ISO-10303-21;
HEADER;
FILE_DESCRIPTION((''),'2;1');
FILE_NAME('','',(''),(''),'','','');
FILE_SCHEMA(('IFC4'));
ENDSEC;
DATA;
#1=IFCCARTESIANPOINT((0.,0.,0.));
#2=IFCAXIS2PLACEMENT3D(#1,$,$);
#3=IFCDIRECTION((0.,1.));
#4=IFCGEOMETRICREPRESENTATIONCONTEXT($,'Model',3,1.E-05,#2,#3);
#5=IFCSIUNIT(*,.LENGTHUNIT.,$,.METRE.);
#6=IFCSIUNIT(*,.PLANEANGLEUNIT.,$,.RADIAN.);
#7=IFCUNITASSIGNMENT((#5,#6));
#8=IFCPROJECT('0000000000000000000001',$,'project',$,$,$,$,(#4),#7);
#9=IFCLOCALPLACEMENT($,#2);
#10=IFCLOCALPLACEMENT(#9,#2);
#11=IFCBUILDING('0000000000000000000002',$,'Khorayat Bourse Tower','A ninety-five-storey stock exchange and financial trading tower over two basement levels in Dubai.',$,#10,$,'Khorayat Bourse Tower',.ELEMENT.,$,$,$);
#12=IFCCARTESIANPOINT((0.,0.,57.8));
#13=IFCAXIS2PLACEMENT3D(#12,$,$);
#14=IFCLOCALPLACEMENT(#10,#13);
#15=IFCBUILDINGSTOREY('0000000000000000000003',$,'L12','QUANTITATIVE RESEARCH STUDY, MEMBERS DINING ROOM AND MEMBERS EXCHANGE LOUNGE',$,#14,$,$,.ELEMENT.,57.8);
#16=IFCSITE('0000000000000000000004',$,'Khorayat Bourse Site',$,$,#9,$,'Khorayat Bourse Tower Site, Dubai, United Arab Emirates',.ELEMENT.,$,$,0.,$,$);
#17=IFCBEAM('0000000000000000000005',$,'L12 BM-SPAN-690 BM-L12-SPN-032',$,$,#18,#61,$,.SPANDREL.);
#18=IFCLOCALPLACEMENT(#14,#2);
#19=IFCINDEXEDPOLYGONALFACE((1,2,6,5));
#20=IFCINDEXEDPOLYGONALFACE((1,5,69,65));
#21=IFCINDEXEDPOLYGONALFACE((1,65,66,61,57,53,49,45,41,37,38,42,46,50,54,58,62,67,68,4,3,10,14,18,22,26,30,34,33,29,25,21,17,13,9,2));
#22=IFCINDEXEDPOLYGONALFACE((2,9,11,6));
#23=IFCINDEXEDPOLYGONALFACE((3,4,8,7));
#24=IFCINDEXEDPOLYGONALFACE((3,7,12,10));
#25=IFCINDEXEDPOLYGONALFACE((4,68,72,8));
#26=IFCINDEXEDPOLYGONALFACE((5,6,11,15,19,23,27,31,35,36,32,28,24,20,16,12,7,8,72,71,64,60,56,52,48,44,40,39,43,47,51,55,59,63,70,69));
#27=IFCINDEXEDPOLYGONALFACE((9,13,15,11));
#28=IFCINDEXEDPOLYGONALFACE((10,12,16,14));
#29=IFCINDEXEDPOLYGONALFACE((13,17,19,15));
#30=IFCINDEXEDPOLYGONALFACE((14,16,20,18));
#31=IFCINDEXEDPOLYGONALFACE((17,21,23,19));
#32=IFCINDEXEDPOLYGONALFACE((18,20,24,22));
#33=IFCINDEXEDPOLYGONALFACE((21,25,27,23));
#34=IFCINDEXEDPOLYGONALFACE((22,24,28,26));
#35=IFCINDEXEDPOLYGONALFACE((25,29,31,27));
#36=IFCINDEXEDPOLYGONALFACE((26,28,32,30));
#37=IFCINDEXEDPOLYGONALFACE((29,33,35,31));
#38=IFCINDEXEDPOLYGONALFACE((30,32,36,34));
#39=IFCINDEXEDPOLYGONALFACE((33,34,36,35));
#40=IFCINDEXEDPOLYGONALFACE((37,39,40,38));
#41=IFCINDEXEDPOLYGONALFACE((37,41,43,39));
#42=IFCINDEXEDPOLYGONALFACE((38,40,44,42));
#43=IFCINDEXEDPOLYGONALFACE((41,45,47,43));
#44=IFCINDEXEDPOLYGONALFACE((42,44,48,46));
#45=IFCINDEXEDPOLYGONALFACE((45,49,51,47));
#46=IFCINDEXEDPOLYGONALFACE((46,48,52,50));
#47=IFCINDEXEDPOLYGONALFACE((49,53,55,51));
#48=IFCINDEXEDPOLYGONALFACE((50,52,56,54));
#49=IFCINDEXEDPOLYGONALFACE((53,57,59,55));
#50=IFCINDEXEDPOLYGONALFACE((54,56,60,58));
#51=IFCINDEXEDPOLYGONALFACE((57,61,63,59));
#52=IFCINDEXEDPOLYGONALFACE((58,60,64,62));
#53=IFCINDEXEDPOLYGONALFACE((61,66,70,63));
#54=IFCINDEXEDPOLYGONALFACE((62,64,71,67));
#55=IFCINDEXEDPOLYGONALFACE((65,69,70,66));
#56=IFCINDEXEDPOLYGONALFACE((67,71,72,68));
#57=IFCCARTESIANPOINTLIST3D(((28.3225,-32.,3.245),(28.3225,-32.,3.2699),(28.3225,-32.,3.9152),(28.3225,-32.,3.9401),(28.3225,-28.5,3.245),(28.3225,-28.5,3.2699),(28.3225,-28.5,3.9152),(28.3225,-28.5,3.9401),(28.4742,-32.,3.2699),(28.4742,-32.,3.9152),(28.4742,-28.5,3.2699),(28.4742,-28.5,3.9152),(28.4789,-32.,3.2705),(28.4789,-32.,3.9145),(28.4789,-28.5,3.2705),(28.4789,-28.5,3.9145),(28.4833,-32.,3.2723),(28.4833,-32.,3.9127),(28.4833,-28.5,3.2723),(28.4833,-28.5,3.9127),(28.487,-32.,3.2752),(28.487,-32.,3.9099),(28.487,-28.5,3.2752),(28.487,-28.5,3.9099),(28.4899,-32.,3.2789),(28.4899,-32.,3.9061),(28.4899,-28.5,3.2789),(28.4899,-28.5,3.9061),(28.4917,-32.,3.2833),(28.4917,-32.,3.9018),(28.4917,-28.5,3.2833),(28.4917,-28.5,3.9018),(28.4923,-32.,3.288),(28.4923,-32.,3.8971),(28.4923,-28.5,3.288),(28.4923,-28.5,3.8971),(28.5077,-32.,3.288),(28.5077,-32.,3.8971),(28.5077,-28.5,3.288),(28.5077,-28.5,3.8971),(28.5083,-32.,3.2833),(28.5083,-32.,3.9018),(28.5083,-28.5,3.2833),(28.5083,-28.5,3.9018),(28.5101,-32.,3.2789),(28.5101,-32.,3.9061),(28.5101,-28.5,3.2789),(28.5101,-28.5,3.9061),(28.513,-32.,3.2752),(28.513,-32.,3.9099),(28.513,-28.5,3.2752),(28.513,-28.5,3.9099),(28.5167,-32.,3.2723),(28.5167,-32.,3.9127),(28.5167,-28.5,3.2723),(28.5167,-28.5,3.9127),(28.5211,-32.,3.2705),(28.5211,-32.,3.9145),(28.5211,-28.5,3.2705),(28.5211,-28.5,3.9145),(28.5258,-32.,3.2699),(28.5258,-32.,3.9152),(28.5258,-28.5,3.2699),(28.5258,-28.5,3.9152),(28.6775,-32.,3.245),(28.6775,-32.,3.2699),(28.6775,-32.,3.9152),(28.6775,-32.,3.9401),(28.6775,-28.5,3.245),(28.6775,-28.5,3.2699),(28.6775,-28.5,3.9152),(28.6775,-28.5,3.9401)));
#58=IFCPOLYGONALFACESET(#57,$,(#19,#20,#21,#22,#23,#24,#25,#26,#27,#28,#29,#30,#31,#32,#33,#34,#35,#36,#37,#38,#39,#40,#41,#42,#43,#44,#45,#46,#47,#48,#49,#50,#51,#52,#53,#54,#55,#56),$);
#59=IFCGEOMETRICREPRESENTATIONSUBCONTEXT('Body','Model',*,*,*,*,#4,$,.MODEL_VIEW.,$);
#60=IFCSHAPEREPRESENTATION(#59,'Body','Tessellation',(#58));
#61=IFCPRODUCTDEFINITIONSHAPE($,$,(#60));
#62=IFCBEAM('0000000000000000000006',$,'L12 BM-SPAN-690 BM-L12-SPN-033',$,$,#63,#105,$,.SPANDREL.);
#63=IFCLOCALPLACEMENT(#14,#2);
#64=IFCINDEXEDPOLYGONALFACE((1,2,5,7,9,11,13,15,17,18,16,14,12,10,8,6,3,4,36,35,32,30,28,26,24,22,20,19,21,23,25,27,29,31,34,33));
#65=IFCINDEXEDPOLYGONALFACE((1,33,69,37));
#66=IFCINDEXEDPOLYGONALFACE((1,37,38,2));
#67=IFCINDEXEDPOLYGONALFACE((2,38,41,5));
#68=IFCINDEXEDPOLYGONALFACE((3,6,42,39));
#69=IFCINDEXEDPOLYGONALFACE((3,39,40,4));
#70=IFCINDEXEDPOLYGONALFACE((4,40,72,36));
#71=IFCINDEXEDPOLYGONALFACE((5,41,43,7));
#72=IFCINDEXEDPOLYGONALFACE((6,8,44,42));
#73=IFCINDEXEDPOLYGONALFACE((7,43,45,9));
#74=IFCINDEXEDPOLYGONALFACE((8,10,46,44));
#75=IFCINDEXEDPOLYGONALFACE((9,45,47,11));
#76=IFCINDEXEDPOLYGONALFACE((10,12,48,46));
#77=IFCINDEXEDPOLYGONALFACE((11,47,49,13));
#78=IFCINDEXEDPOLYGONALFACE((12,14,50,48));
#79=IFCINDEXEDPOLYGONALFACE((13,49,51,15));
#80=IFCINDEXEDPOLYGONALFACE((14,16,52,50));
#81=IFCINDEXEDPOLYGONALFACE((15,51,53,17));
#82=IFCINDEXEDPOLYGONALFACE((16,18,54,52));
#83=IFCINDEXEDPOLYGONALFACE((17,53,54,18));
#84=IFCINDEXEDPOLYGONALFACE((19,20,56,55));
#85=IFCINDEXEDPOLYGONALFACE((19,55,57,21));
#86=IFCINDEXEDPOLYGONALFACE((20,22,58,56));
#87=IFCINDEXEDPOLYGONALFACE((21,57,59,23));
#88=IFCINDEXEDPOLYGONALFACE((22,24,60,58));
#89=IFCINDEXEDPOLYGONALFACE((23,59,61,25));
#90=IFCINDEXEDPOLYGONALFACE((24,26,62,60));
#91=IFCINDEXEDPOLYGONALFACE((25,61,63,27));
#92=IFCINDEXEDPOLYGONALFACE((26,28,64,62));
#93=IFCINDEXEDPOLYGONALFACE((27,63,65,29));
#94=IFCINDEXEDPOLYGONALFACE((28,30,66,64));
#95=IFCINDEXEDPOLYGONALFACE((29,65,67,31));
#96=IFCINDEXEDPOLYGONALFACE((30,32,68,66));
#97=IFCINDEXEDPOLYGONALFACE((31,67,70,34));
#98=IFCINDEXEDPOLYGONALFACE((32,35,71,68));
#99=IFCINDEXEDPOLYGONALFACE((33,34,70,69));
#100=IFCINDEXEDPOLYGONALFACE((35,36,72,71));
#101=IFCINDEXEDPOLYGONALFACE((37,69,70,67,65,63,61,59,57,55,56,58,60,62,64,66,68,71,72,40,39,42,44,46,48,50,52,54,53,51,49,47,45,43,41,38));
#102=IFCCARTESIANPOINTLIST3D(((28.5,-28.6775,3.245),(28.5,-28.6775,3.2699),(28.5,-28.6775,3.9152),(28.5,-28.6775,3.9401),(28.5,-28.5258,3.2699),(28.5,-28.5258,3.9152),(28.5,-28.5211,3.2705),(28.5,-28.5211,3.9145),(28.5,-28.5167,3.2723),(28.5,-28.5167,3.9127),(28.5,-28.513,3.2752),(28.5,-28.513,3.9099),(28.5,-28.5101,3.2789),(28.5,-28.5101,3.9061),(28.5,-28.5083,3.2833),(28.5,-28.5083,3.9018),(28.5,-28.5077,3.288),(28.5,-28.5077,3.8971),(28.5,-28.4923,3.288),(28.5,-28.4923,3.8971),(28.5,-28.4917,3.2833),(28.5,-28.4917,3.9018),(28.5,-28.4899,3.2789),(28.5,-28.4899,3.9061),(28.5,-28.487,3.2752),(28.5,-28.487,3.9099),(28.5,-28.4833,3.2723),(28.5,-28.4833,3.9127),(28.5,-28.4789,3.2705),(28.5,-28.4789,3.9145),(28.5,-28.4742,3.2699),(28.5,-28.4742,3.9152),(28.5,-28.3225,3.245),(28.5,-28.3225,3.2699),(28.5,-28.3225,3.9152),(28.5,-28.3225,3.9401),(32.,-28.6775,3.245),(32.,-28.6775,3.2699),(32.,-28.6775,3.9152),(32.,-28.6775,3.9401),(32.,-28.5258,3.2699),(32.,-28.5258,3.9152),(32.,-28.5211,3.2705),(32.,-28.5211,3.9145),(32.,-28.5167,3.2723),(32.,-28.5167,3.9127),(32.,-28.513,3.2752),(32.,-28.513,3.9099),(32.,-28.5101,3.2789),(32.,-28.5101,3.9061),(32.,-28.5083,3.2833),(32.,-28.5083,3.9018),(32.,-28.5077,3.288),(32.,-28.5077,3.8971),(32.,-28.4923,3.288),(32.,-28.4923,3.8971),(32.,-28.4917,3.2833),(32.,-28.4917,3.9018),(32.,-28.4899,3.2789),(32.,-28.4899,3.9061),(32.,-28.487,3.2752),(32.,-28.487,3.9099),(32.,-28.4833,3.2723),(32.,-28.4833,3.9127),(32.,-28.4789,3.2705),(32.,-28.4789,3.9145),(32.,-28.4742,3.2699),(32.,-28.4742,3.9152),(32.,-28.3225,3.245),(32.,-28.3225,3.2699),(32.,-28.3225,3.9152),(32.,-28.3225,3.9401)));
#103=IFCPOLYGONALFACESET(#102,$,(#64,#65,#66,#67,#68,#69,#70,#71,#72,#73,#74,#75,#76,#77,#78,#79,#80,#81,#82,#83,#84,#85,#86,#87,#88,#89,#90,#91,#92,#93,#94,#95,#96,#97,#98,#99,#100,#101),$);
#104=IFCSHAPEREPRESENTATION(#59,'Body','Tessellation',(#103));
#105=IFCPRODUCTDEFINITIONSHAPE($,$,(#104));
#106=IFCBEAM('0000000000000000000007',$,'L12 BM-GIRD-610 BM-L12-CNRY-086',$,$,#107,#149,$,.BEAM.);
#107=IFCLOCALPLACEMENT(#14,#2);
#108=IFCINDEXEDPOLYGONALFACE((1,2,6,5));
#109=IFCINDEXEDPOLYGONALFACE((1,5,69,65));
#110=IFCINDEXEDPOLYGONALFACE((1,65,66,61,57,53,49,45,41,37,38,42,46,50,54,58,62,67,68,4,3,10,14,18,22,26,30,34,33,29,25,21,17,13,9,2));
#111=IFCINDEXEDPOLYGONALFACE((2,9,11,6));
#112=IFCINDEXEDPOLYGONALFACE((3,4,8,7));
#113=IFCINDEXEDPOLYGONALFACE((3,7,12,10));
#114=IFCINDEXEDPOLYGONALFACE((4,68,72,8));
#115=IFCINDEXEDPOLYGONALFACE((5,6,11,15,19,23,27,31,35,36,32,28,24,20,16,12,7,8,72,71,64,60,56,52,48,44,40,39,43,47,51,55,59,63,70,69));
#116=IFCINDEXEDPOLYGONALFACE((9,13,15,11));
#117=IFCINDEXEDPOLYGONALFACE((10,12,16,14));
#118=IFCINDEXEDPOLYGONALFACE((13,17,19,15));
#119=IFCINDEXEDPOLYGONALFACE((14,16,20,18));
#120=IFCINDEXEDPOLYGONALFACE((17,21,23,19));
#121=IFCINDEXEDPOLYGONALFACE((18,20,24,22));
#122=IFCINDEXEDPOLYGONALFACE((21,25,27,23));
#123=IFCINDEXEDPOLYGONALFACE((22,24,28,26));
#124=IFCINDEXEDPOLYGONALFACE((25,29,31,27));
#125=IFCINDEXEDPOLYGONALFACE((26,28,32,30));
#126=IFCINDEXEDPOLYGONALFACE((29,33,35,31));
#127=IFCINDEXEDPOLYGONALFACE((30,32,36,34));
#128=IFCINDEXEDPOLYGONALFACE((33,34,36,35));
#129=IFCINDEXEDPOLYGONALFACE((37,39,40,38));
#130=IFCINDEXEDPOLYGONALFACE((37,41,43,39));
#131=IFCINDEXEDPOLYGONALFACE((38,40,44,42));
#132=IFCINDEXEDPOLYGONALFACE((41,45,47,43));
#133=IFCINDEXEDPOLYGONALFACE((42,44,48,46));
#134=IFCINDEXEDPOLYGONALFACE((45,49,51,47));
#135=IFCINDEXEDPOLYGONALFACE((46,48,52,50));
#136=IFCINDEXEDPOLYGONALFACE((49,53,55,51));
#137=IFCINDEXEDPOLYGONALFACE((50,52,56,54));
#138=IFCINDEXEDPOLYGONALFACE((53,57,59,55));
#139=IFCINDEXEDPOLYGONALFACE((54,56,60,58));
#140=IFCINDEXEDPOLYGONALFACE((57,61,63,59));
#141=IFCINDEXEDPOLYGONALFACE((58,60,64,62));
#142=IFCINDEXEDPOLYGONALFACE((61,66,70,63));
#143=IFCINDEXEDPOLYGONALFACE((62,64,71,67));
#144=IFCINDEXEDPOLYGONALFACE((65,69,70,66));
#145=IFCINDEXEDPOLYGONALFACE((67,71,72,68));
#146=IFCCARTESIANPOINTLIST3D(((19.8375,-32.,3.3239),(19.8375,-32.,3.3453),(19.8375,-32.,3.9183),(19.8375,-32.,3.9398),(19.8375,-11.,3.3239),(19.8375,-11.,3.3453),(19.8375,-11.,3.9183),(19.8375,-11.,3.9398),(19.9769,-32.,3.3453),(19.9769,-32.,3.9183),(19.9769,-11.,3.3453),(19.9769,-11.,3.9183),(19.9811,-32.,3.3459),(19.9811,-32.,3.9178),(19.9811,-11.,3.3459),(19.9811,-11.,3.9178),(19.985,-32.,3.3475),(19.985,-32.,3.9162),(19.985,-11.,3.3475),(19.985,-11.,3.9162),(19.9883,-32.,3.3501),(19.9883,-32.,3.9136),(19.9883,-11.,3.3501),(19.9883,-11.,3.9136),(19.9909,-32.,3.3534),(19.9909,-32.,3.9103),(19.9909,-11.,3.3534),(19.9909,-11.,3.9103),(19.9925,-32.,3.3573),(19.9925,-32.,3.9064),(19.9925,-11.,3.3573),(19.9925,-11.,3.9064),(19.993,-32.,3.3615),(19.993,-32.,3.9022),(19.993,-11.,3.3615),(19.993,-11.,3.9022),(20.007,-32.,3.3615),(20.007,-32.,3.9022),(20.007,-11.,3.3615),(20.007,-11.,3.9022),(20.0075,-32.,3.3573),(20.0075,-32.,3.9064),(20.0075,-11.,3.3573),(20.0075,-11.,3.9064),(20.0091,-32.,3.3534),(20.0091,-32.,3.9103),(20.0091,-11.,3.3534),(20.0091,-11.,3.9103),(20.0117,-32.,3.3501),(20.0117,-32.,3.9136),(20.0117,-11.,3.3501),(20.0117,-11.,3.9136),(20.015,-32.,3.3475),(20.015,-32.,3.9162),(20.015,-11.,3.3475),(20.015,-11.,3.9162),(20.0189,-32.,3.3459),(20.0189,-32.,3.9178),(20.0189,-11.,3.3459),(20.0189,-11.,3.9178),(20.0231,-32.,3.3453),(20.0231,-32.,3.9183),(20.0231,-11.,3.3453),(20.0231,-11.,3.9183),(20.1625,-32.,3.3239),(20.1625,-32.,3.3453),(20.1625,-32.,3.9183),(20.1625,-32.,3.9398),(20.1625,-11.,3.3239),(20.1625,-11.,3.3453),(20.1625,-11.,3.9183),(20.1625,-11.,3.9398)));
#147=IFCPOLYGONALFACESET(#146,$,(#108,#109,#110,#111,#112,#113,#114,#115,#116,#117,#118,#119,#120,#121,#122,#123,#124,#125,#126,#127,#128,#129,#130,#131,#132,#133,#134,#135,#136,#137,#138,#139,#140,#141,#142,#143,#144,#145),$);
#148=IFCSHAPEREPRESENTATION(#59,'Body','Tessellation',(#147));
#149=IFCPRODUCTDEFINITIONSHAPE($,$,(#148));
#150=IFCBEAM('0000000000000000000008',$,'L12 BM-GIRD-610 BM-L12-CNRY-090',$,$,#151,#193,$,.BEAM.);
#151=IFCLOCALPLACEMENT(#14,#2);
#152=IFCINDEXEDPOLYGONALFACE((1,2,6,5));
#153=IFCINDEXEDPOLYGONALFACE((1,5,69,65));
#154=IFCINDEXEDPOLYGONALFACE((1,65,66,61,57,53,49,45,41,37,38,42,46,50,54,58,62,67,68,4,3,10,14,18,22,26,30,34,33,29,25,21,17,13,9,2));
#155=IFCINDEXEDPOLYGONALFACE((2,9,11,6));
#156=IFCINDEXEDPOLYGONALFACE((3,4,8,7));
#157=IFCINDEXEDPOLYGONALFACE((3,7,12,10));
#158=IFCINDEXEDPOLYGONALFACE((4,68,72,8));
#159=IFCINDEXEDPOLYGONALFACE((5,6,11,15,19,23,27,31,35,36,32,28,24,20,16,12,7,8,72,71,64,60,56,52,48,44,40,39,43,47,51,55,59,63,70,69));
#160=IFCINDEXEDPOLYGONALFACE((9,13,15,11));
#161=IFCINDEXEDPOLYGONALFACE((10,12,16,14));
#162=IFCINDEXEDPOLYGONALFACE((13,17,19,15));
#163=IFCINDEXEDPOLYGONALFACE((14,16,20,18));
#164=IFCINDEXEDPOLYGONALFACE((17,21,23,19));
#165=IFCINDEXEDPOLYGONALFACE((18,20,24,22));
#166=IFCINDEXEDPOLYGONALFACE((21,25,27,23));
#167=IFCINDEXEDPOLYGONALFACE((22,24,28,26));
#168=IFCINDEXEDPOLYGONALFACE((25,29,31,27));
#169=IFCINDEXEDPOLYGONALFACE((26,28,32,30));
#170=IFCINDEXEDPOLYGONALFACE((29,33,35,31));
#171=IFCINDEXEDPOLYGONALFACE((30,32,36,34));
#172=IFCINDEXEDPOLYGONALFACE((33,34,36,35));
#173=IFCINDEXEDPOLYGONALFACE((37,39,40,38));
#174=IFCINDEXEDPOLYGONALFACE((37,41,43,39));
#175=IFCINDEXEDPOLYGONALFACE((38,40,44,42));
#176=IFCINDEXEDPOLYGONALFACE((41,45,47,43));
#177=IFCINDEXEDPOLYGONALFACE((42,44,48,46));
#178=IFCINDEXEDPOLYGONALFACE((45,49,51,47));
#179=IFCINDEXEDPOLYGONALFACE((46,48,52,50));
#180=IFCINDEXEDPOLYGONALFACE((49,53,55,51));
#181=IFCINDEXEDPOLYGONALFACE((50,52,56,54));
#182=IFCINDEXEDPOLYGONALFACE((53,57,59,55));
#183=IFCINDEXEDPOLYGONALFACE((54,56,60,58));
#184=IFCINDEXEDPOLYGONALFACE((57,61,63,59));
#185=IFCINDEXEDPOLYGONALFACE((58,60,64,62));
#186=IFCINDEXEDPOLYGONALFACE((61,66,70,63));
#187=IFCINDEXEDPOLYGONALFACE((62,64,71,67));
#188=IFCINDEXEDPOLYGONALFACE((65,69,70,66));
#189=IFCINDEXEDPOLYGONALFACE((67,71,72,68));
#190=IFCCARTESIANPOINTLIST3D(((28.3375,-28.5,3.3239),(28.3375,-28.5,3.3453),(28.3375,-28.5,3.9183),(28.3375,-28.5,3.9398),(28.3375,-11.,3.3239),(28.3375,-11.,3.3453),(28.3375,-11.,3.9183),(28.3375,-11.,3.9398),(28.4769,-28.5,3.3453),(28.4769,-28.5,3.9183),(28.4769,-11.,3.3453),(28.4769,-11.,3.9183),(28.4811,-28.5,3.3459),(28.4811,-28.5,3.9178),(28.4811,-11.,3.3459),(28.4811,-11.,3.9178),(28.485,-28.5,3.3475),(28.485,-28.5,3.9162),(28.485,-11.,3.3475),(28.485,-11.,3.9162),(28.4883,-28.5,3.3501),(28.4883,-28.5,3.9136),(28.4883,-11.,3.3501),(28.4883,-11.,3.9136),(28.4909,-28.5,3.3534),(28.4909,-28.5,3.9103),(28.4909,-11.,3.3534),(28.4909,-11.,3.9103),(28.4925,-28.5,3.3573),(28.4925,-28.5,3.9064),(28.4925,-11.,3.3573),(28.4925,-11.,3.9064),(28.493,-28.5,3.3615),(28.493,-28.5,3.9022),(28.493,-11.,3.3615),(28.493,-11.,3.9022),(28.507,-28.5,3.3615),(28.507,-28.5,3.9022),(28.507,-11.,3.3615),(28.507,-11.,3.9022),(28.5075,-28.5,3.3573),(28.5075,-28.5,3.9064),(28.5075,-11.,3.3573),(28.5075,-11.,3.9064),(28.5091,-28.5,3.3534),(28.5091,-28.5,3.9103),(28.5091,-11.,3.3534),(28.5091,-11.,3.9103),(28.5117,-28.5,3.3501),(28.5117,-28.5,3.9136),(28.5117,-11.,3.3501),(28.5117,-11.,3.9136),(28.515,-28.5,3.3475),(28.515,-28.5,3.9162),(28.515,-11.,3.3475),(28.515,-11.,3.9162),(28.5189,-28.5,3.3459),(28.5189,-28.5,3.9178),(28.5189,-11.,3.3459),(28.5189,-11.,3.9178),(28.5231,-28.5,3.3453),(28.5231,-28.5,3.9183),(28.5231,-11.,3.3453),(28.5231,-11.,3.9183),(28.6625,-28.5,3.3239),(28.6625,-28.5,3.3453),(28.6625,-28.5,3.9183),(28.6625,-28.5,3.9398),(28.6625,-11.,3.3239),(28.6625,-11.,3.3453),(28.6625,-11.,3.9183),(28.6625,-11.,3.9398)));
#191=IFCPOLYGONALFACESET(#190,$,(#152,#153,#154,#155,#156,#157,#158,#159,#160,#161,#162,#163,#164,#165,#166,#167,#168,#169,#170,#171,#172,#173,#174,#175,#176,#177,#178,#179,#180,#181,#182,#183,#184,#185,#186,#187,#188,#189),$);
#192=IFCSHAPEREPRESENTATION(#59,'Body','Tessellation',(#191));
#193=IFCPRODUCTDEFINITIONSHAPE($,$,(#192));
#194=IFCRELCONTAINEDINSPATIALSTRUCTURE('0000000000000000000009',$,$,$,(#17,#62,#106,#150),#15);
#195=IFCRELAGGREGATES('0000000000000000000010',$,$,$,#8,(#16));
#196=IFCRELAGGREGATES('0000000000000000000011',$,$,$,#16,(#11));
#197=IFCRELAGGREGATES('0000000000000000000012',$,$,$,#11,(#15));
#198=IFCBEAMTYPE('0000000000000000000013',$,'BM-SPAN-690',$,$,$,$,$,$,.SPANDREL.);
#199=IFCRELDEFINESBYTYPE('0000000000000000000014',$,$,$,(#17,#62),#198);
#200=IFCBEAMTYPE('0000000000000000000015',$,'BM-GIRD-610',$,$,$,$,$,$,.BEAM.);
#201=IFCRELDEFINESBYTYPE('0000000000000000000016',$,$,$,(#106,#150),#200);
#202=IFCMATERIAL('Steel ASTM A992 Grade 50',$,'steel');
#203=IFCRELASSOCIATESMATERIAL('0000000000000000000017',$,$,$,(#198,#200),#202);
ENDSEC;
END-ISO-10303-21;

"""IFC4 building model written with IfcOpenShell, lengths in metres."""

from ifc_helpers import new_model, si_unit, direction, frame, origin, origin_2d, place, context, subcontext, project, spatial, i_section, extrude, source, transform, mapped, material, material_profile, profile_set, type_object, element, save


model = new_model("IFC4")

# Units and contexts
model_context = context("Model", 3, precision=1e-05, world=origin(), true_north=direction((0.0, 1.0)))
body_context = subcontext(model_context, "Body", "Model", "MODEL_VIEW")
ifc_project = project(units=[si_unit("LENGTHUNIT", "METRE"), si_unit("PLANEANGLEUNIT", "RADIAN")], contexts=[model_context])

# Site, building, storey
site_placement = place(None, origin())
site = spatial("IfcSite", under=ifc_project, at=site_placement, Name="Khorayat Bourse Site", LongName="Khorayat Bourse Tower Site, Dubai, United Arab Emirates", CompositionType="ELEMENT", RefElevation=0.0)
building_placement = place(site_placement, origin())
building = spatial("IfcBuilding", under=site, at=building_placement, Name="Khorayat Bourse Tower", Description="A ninety-five-storey stock exchange and financial trading tower over two basement levels in Dubai.", LongName="Khorayat Bourse Tower", CompositionType="ELEMENT")
storey_placement = place(building_placement, frame((0.0, 0.0, 57.8)))
storey = spatial("IfcBuildingStorey", under=building, at=storey_placement, Name="L12", Description="QUANTITATIVE RESEARCH STUDY, MEMBERS DINING ROOM AND MEMBERS EXCHANGE LOUNGE", CompositionType="ELEMENT", Elevation=57.8)

# Beams
ifc_material_1 = material(Name="Steel ASTM A992 Grade 50", Category="steel")
ifc_material_profile_1 = material_profile(ifc_material_1, i_section(OverallWidth=0.355, OverallDepth=0.6951, WebThickness=0.0154, FlangeThickness=0.0249, FilletRadius=0.0181, at=origin_2d()), Name="W690X217")
ifc_profile_set_1 = profile_set([ifc_material_profile_1], Name="Steel ASTM A992 Grade 50")
beam_type_1 = type_object("IfcBeamType", Name="BM-SPAN-690", PredefinedType="SPANDREL", material=ifc_profile_set_1)
shared_shape_1 = source(origin(), body_context, "Body", "SweptSolid", [
    extrude(i_section(OverallWidth=0.355, OverallDepth=0.6951, WebThickness=0.0154, FlangeThickness=0.0249, FilletRadius=0.0181, at=origin_2d()), origin(), (0.0, 0.0, 1.0), 3.5),
])
for number, where, z_axis, x_axis, name in (
    (1, (28.5, -32.0, 3.5925), (0.0, 1.0, 0.0), (-1.0, 0.0, 0.0), "L12 BM-SPAN-690 BM-L12-SPN-032"),
    (2, (28.5, -28.5, 3.5925), (1.0, 0.0, 0.0), (0.0, 1.0, 0.0), "L12 BM-SPAN-690 BM-L12-SPN-033"),
):
    element("IfcBeam", number, at=place(storey_placement, frame(where, z_axis=z_axis, x_axis=x_axis)), inside=storey, type_object=beam_type_1, Name=name, PredefinedType="SPANDREL", context=body_context, shape_type="MappedRepresentation", body=[
        mapped(shared_shape_1, transform((0.0, 0.0, 0.0), scale=1.0)),
    ])
ifc_material_profile_2 = material_profile(ifc_material_1, i_section(OverallWidth=0.325, OverallDepth=0.616, WebThickness=0.0139, FlangeThickness=0.0215, FilletRadius=0.0161, at=origin_2d()), Name="W610X174")
ifc_profile_set_2 = profile_set([ifc_material_profile_2], Name="Steel ASTM A992 Grade 50")
beam_type_2 = type_object("IfcBeamType", Name="BM-GIRD-610", PredefinedType="BEAM", material=ifc_profile_set_2)
shared_shape_2 = source(origin(), body_context, "Body", "SweptSolid", [
    extrude(i_section(OverallWidth=0.325, OverallDepth=0.616, WebThickness=0.0139, FlangeThickness=0.0215, FilletRadius=0.0161, at=origin_2d()), origin(), (0.0, 0.0, 1.0), 21.0),
])
beam_1_placement = place(storey_placement, frame((20.0, -32.0, 3.6318), z_axis=(0.0, 1.0, 0.0), x_axis=(-1.0, 0.0, 0.0)))
element("IfcBeam", 3, at=beam_1_placement, inside=storey, type_object=beam_type_2, Name="L12 BM-GIRD-610 BM-L12-CNRY-086", PredefinedType="BEAM", context=body_context, shape_type="MappedRepresentation", body=[
    mapped(shared_shape_2, transform((0.0, 0.0, 0.0), scale=1.0)),
])
shared_shape_3 = source(origin(), body_context, "Body", "SweptSolid", [
    extrude(i_section(OverallWidth=0.325, OverallDepth=0.616, WebThickness=0.0139, FlangeThickness=0.0215, FilletRadius=0.0161, at=origin_2d()), origin(), (0.0, 0.0, 1.0), 17.5),
])
beam_2_placement = place(storey_placement, frame((28.5, -28.5, 3.6318), z_axis=(0.0, 1.0, 0.0), x_axis=(-1.0, 0.0, 0.0)))
element("IfcBeam", 4, at=beam_2_placement, inside=storey, type_object=beam_type_2, Name="L12 BM-GIRD-610 BM-L12-CNRY-090", PredefinedType="BEAM", context=body_context, shape_type="MappedRepresentation", body=[
    mapped(shared_shape_3, transform((0.0, 0.0, 0.0), scale=1.0)),
])

save(model, "model.ifc")
